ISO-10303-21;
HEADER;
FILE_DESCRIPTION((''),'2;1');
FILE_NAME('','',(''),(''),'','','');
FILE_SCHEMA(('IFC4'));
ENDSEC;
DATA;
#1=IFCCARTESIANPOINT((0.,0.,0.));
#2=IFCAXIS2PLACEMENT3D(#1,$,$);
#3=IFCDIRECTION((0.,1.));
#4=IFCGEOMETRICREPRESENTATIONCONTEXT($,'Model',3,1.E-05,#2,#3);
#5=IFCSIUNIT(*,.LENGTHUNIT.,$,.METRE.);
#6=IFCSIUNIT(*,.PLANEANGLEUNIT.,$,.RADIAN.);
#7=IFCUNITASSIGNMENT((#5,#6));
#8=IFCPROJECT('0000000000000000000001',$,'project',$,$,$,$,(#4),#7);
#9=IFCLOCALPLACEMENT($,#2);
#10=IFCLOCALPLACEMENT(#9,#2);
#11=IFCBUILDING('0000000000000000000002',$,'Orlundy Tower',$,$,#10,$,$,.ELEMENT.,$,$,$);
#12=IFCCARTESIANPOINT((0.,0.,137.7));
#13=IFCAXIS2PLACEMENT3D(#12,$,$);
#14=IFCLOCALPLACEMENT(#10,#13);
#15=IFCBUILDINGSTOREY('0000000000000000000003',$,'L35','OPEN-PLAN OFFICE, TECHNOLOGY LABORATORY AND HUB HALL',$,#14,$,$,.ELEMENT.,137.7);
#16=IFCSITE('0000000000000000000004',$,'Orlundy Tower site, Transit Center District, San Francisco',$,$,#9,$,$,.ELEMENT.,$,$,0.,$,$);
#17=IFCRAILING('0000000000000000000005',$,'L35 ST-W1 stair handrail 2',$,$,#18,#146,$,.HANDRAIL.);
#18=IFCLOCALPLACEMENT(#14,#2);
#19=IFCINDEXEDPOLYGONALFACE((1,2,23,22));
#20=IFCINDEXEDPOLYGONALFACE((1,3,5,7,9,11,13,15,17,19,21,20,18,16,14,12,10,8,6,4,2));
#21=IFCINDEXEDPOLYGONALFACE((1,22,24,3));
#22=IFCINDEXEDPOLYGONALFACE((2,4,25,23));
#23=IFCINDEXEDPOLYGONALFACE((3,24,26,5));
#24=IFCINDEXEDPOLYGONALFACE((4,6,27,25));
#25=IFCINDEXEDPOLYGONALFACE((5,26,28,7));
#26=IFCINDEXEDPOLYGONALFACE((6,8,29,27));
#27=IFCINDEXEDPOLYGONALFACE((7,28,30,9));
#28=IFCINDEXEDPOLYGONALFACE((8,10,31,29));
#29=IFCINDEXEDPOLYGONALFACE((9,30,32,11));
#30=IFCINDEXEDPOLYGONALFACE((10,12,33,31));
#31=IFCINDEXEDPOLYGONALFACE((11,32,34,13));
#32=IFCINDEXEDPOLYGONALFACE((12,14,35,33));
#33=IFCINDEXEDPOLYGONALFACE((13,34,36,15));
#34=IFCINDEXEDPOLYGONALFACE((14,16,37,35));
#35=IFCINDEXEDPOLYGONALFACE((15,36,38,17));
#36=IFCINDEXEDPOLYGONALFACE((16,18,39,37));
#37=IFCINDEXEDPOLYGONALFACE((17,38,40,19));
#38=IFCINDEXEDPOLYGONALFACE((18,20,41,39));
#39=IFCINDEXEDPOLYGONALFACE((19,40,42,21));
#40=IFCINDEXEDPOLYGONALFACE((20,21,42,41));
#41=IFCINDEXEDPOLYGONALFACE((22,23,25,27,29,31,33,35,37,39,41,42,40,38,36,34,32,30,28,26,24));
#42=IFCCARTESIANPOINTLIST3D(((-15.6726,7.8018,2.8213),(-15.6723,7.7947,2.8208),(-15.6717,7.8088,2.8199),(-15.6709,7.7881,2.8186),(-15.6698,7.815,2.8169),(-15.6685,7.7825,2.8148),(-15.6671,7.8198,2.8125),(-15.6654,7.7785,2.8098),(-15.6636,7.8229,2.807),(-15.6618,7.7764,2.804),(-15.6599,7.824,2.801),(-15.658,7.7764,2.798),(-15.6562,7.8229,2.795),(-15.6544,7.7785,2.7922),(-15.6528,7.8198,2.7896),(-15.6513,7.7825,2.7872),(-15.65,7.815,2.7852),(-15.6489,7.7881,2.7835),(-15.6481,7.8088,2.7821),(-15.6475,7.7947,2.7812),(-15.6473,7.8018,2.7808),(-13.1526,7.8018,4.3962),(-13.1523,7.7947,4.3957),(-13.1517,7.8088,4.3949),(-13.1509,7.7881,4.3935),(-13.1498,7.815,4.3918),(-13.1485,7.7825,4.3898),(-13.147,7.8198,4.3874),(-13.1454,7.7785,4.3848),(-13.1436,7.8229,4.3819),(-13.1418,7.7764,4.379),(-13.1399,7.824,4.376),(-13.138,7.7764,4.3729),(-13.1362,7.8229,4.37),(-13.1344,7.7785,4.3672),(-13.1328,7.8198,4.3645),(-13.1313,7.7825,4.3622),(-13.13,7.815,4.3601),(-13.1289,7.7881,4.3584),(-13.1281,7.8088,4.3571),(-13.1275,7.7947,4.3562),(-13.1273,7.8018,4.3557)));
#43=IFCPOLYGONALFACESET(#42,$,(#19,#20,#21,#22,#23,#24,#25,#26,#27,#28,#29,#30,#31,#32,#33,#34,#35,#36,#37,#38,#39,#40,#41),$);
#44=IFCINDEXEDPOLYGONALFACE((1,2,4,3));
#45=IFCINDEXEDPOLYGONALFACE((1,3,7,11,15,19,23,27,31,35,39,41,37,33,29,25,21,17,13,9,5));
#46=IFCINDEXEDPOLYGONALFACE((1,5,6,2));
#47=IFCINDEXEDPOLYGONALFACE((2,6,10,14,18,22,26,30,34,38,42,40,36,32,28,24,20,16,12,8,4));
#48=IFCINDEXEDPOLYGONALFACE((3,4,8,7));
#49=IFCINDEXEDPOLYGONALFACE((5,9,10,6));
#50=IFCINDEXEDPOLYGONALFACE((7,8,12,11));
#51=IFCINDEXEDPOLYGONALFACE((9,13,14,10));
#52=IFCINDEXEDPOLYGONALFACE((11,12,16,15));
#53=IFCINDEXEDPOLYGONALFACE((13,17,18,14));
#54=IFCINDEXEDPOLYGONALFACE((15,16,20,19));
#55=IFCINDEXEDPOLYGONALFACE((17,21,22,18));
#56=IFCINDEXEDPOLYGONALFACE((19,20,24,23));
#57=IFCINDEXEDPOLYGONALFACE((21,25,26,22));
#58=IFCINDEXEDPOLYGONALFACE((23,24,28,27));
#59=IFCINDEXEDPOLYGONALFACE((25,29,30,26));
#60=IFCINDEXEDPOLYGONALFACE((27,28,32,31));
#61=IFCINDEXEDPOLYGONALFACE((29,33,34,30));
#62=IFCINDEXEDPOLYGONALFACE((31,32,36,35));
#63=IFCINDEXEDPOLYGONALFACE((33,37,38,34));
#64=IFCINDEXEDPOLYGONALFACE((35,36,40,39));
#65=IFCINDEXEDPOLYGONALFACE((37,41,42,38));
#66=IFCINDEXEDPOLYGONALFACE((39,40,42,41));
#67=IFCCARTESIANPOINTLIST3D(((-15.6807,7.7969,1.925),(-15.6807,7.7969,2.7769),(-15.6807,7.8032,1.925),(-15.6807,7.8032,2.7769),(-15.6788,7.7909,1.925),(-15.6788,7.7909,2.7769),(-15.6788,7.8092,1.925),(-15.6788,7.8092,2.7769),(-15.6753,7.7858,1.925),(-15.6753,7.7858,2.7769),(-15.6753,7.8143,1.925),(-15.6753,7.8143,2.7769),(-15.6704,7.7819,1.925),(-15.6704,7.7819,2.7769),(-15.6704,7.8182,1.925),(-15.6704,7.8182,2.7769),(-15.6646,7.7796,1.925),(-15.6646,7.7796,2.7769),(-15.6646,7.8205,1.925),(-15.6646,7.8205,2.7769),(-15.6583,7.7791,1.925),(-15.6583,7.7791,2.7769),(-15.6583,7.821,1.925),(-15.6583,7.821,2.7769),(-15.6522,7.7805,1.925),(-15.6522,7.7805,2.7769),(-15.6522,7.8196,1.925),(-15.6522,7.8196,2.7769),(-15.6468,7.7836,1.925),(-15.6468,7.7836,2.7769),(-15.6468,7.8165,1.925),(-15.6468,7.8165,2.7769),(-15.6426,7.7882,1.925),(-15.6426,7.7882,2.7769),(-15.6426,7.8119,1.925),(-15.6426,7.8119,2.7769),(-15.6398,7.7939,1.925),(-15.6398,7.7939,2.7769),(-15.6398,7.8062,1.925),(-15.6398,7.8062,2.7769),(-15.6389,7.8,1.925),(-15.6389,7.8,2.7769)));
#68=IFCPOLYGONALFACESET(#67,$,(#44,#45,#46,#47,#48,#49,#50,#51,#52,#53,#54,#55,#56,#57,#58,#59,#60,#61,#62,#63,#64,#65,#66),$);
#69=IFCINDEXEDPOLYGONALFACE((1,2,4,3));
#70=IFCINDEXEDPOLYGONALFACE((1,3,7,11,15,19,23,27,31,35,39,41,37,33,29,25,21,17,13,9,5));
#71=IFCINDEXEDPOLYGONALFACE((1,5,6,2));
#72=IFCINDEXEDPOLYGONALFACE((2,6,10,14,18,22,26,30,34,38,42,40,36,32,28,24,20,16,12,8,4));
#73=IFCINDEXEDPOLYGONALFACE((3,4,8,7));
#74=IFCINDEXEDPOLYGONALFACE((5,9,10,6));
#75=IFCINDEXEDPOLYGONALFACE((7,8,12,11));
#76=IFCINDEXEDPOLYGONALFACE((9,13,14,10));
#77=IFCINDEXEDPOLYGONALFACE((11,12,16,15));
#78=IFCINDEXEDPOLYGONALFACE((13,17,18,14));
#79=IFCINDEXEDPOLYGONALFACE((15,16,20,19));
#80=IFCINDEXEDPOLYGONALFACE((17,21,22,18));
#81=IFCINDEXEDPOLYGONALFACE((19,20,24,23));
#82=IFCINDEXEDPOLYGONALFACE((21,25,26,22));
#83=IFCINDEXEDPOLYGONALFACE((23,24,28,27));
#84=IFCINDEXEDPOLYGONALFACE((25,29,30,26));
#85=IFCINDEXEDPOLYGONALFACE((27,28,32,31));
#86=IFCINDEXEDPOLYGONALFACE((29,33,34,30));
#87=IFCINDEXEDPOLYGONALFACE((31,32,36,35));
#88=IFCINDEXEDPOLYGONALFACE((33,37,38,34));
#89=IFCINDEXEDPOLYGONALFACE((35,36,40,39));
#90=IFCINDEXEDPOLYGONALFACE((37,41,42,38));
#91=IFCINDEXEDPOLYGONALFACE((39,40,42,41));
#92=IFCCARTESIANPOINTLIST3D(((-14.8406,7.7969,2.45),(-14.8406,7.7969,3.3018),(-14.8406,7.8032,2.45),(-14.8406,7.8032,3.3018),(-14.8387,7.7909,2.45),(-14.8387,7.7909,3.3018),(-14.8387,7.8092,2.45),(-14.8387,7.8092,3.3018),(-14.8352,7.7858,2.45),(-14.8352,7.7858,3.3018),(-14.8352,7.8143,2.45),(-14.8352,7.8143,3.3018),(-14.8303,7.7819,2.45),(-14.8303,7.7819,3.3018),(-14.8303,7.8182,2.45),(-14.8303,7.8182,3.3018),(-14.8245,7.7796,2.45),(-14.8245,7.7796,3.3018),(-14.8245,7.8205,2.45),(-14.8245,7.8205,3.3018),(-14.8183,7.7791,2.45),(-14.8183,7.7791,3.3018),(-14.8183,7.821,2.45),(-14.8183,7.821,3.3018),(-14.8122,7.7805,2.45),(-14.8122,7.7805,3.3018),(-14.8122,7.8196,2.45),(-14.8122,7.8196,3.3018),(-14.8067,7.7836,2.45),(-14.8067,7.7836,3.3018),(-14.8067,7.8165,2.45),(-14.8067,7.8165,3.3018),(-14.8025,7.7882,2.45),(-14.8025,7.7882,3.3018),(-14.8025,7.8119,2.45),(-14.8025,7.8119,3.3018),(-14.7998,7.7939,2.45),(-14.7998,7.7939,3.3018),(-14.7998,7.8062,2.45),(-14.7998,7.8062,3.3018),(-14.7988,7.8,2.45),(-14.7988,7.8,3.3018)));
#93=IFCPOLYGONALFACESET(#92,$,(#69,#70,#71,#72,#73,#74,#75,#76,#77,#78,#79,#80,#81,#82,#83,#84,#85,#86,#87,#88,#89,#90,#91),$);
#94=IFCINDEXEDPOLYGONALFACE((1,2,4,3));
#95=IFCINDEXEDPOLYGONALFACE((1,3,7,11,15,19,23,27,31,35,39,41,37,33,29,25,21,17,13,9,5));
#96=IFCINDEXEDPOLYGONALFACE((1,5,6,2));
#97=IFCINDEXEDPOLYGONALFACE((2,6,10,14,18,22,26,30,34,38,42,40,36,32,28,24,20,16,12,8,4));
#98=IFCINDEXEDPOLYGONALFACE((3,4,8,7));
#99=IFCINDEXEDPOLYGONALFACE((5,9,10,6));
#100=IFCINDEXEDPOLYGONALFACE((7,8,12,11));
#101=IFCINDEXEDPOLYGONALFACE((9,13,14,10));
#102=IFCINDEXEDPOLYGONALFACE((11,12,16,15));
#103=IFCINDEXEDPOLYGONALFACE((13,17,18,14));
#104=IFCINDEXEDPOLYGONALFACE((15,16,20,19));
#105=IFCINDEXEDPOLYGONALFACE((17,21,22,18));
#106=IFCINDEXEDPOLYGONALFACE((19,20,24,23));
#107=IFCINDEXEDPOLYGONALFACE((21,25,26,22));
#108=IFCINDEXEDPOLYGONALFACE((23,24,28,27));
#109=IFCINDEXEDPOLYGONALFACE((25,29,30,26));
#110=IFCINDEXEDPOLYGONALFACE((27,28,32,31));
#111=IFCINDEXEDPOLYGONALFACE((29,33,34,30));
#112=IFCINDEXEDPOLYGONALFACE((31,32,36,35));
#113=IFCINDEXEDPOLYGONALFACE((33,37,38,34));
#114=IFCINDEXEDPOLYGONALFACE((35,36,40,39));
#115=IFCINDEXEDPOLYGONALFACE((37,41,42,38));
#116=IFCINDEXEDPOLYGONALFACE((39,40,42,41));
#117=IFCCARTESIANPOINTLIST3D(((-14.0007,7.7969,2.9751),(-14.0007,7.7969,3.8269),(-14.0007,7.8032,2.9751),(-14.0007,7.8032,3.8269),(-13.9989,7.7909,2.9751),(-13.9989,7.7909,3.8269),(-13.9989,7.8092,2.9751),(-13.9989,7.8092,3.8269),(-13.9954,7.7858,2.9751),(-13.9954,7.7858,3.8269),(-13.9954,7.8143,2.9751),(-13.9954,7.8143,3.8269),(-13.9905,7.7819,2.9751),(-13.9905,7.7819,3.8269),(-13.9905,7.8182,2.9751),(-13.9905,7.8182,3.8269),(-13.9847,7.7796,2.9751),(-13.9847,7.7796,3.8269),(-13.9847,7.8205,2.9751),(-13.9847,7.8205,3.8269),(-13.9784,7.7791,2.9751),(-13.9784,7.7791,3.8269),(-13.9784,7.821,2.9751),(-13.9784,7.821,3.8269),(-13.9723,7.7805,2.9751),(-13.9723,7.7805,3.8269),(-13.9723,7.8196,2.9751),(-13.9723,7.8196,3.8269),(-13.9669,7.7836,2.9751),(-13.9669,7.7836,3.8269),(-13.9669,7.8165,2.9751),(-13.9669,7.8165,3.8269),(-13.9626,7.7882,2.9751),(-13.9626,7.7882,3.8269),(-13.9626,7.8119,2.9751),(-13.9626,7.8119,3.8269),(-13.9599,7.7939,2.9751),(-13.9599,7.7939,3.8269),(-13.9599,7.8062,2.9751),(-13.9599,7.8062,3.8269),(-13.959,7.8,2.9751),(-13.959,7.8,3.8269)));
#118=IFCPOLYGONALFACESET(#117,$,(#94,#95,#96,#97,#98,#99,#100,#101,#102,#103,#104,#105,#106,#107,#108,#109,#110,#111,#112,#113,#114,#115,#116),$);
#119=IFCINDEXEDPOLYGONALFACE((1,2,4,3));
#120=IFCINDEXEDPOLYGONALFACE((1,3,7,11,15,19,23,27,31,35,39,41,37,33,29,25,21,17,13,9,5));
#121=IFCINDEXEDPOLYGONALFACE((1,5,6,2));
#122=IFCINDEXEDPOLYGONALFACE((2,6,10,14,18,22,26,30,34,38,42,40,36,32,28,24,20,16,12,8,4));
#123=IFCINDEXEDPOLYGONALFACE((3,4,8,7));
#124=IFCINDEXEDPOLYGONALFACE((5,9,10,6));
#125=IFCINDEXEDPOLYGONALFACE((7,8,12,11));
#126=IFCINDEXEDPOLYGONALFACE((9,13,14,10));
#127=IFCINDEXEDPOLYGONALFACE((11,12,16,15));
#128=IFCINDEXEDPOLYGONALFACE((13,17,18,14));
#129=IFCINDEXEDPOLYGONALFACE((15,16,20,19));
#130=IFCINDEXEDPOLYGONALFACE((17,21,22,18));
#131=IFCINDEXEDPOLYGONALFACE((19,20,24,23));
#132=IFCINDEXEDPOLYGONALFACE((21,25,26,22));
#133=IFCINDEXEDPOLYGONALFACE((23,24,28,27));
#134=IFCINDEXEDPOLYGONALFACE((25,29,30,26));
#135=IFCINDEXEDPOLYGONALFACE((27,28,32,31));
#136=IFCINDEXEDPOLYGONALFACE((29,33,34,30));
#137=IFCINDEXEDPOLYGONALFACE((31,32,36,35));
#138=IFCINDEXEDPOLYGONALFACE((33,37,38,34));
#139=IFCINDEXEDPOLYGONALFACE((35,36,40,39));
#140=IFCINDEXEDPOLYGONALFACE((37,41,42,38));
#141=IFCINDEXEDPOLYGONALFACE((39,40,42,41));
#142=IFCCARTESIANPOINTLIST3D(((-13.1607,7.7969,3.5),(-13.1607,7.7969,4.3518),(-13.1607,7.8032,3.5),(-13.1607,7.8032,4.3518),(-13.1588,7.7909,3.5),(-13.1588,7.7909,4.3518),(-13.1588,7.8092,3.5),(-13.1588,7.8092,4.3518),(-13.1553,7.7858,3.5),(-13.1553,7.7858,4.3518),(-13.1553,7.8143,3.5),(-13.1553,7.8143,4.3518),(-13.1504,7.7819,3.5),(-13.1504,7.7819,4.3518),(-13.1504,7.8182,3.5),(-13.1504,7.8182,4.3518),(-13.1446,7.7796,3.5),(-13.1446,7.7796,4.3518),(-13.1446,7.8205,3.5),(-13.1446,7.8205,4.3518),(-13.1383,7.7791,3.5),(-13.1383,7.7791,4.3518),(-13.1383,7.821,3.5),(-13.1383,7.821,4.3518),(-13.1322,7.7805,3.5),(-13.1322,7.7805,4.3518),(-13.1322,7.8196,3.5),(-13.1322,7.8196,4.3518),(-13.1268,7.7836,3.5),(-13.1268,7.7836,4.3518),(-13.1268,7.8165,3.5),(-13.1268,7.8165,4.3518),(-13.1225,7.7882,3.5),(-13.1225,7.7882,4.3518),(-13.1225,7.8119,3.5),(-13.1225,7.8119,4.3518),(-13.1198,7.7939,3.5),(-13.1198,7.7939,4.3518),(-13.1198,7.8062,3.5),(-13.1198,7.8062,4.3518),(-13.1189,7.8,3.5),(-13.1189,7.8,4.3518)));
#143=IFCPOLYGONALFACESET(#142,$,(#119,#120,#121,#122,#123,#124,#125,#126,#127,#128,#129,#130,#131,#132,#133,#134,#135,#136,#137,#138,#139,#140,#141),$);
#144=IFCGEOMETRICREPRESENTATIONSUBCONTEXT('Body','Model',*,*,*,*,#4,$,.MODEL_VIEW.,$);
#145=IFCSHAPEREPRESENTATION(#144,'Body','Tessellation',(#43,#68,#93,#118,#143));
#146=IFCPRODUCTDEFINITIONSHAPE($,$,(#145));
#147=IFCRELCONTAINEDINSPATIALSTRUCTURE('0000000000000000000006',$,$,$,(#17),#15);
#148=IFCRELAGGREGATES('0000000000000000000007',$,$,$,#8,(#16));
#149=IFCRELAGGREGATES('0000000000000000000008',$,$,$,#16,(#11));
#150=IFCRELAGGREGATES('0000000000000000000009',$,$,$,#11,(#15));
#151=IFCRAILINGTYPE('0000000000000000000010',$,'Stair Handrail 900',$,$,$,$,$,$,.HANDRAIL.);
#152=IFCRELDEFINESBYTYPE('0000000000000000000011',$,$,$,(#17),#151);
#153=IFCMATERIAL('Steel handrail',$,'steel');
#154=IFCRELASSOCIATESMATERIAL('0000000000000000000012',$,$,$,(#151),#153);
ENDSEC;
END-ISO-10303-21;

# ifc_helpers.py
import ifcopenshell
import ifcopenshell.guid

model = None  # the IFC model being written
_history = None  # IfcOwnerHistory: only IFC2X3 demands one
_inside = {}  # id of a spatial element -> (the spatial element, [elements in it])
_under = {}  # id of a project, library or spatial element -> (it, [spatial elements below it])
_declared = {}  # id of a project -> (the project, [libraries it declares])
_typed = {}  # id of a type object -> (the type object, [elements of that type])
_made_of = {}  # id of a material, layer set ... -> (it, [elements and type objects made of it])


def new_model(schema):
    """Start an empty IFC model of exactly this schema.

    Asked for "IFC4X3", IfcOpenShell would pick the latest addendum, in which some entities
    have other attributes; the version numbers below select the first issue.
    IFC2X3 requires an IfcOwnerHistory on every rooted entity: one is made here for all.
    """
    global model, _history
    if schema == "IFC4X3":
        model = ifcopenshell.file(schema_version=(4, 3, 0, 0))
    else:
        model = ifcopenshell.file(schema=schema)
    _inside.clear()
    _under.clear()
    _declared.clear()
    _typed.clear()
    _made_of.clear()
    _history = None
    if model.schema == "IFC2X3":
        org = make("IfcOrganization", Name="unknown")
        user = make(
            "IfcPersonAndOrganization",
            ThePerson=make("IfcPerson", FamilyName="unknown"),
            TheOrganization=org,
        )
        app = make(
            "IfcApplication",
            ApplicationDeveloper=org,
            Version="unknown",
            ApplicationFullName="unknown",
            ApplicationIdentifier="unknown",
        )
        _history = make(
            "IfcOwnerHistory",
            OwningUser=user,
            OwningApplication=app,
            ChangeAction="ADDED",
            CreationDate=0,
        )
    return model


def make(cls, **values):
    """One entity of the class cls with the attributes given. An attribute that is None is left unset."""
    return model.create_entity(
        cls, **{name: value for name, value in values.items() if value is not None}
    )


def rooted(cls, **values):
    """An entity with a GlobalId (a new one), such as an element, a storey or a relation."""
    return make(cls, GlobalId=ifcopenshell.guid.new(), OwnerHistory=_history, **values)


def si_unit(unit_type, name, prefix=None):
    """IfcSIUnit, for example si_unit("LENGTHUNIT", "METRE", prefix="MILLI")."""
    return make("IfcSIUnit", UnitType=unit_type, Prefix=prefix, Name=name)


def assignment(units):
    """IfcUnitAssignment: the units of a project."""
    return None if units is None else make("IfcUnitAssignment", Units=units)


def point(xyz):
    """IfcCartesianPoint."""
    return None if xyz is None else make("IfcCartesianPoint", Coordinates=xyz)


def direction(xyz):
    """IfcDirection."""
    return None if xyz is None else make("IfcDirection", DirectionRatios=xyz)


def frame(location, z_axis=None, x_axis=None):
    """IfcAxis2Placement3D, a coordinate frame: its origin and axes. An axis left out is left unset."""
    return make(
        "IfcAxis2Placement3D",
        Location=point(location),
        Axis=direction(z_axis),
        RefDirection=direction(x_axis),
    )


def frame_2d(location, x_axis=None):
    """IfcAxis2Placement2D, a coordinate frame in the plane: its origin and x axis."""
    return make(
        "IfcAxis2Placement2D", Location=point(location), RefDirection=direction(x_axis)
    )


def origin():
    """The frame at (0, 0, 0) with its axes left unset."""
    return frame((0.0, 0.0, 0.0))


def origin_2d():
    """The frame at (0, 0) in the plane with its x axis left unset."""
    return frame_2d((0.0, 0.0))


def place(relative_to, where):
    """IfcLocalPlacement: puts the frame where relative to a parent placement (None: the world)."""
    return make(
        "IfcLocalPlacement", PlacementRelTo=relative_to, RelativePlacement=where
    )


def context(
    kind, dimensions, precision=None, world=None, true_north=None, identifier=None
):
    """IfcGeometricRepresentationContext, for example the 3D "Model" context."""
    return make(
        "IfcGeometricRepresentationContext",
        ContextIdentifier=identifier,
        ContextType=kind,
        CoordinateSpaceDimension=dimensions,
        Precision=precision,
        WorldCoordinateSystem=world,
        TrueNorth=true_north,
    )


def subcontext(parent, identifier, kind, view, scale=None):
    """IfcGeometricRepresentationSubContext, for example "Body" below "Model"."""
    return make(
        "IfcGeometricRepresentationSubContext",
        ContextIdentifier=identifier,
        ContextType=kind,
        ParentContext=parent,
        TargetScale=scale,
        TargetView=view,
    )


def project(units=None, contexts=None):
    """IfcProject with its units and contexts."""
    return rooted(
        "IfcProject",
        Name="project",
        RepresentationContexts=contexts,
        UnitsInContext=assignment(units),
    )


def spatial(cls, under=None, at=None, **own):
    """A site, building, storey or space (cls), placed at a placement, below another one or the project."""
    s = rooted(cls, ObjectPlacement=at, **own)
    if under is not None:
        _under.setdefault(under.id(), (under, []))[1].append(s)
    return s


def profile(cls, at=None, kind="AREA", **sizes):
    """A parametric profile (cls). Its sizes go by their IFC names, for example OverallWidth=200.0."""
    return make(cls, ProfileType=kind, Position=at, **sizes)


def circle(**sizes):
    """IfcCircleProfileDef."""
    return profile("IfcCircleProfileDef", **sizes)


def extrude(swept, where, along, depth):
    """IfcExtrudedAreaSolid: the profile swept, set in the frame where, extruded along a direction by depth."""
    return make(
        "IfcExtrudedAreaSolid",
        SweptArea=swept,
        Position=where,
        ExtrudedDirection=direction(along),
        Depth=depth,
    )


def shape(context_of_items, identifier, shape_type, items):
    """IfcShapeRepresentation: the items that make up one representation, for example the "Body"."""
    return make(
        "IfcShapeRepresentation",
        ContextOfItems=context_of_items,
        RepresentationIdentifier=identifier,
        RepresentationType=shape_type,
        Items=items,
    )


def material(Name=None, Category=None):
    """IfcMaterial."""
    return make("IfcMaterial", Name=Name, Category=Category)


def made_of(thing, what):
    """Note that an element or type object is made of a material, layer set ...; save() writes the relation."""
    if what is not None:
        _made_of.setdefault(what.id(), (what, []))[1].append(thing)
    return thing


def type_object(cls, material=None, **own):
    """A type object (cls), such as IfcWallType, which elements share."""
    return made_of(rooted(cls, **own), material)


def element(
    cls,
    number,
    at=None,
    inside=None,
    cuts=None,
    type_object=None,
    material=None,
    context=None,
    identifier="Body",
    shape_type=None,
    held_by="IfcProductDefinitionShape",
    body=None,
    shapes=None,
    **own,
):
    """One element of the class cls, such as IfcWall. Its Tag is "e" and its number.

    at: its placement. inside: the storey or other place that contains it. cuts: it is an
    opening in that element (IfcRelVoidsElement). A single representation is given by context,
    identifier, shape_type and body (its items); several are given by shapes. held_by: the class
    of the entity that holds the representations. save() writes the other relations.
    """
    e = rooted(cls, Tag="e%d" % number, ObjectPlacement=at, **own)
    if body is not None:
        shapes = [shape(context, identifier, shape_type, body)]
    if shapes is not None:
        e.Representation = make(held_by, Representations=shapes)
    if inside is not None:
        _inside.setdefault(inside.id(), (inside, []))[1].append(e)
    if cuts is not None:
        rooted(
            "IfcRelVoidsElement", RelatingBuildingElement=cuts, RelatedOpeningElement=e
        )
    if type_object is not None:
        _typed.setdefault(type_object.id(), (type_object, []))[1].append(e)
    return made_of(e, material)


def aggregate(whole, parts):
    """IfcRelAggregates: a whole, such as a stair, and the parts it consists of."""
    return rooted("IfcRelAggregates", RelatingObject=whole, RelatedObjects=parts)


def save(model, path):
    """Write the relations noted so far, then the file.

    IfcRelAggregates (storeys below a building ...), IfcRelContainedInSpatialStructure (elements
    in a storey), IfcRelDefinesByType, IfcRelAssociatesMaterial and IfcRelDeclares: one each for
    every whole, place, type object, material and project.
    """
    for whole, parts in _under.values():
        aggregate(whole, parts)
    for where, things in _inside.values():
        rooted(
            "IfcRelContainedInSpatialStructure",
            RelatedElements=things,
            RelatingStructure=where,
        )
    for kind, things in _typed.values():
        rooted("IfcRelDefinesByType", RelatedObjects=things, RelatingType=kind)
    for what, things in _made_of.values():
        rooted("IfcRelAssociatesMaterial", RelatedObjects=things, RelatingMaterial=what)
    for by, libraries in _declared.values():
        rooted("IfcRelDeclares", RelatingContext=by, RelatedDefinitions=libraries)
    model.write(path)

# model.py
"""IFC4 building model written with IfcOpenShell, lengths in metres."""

from ifc_helpers import new_model, si_unit, direction, frame, origin, origin_2d, place, context, subcontext, project, spatial, circle, extrude, material, type_object, element, save


model = new_model("IFC4")

# Units and contexts
model_context = context("Model", 3, precision=1e-05, world=origin(), true_north=direction((0.0, 1.0)))
body_context = subcontext(model_context, "Body", "Model", "MODEL_VIEW")
ifc_project = project(units=[si_unit("LENGTHUNIT", "METRE"), si_unit("PLANEANGLEUNIT", "RADIAN")], contexts=[model_context])

# Site, building, storey
site_placement = place(None, origin())
site = spatial("IfcSite", under=ifc_project, at=site_placement, Name="Orlundy Tower site, Transit Center District, San Francisco", CompositionType="ELEMENT", RefElevation=0.0)
building_placement = place(site_placement, origin())
building = spatial("IfcBuilding", under=site, at=building_placement, Name="Orlundy Tower", CompositionType="ELEMENT")
storey_placement = place(building_placement, frame((0.0, 0.0, 137.7)))
storey = spatial("IfcBuildingStorey", under=building, at=storey_placement, Name="L35", Description="OPEN-PLAN OFFICE, TECHNOLOGY LABORATORY AND HUB HALL", CompositionType="ELEMENT", Elevation=137.7)

# Railing
ifc_material_1 = material(Name="Steel handrail", Category="steel")
railing_type = type_object("IfcRailingType", Name="Stair Handrail 900", PredefinedType="HANDRAIL", material=ifc_material_1)
railing_placement = place(storey_placement, frame((-15.6599, 7.8, 1.925)))
element("IfcRailing", 1, at=railing_placement, inside=storey, type_object=railing_type, Name="L35 ST-W1 stair handrail 2", PredefinedType="HANDRAIL", context=body_context, shape_type="SweptSolid", body=[
    extrude(circle(Radius=0.0239, at=origin_2d()), frame((0.0, 0.0, 0.876), z_axis=(0.848008, 0.0, 0.529984), x_axis=(0.0, 1.0, 0.0)), (0.0, 0.0, 1.0), 2.9717),
    extrude(circle(Radius=0.021, at=origin_2d()), origin(), (0.0, 0.0, 1.0), 0.8518),
    extrude(circle(Radius=0.021, at=origin_2d()), frame((0.8401, 0.0, 0.5249)), (0.0, 0.0, 1.0), 0.8518),
    extrude(circle(Radius=0.021, at=origin_2d()), frame((1.6799, 0.0, 1.05)), (0.0, 0.0, 1.0), 0.8518),
    extrude(circle(Radius=0.021, at=origin_2d()), frame((2.52, 0.0, 1.575)), (0.0, 0.0, 1.0), 0.8518),
])

save(model, "model.ifc")
